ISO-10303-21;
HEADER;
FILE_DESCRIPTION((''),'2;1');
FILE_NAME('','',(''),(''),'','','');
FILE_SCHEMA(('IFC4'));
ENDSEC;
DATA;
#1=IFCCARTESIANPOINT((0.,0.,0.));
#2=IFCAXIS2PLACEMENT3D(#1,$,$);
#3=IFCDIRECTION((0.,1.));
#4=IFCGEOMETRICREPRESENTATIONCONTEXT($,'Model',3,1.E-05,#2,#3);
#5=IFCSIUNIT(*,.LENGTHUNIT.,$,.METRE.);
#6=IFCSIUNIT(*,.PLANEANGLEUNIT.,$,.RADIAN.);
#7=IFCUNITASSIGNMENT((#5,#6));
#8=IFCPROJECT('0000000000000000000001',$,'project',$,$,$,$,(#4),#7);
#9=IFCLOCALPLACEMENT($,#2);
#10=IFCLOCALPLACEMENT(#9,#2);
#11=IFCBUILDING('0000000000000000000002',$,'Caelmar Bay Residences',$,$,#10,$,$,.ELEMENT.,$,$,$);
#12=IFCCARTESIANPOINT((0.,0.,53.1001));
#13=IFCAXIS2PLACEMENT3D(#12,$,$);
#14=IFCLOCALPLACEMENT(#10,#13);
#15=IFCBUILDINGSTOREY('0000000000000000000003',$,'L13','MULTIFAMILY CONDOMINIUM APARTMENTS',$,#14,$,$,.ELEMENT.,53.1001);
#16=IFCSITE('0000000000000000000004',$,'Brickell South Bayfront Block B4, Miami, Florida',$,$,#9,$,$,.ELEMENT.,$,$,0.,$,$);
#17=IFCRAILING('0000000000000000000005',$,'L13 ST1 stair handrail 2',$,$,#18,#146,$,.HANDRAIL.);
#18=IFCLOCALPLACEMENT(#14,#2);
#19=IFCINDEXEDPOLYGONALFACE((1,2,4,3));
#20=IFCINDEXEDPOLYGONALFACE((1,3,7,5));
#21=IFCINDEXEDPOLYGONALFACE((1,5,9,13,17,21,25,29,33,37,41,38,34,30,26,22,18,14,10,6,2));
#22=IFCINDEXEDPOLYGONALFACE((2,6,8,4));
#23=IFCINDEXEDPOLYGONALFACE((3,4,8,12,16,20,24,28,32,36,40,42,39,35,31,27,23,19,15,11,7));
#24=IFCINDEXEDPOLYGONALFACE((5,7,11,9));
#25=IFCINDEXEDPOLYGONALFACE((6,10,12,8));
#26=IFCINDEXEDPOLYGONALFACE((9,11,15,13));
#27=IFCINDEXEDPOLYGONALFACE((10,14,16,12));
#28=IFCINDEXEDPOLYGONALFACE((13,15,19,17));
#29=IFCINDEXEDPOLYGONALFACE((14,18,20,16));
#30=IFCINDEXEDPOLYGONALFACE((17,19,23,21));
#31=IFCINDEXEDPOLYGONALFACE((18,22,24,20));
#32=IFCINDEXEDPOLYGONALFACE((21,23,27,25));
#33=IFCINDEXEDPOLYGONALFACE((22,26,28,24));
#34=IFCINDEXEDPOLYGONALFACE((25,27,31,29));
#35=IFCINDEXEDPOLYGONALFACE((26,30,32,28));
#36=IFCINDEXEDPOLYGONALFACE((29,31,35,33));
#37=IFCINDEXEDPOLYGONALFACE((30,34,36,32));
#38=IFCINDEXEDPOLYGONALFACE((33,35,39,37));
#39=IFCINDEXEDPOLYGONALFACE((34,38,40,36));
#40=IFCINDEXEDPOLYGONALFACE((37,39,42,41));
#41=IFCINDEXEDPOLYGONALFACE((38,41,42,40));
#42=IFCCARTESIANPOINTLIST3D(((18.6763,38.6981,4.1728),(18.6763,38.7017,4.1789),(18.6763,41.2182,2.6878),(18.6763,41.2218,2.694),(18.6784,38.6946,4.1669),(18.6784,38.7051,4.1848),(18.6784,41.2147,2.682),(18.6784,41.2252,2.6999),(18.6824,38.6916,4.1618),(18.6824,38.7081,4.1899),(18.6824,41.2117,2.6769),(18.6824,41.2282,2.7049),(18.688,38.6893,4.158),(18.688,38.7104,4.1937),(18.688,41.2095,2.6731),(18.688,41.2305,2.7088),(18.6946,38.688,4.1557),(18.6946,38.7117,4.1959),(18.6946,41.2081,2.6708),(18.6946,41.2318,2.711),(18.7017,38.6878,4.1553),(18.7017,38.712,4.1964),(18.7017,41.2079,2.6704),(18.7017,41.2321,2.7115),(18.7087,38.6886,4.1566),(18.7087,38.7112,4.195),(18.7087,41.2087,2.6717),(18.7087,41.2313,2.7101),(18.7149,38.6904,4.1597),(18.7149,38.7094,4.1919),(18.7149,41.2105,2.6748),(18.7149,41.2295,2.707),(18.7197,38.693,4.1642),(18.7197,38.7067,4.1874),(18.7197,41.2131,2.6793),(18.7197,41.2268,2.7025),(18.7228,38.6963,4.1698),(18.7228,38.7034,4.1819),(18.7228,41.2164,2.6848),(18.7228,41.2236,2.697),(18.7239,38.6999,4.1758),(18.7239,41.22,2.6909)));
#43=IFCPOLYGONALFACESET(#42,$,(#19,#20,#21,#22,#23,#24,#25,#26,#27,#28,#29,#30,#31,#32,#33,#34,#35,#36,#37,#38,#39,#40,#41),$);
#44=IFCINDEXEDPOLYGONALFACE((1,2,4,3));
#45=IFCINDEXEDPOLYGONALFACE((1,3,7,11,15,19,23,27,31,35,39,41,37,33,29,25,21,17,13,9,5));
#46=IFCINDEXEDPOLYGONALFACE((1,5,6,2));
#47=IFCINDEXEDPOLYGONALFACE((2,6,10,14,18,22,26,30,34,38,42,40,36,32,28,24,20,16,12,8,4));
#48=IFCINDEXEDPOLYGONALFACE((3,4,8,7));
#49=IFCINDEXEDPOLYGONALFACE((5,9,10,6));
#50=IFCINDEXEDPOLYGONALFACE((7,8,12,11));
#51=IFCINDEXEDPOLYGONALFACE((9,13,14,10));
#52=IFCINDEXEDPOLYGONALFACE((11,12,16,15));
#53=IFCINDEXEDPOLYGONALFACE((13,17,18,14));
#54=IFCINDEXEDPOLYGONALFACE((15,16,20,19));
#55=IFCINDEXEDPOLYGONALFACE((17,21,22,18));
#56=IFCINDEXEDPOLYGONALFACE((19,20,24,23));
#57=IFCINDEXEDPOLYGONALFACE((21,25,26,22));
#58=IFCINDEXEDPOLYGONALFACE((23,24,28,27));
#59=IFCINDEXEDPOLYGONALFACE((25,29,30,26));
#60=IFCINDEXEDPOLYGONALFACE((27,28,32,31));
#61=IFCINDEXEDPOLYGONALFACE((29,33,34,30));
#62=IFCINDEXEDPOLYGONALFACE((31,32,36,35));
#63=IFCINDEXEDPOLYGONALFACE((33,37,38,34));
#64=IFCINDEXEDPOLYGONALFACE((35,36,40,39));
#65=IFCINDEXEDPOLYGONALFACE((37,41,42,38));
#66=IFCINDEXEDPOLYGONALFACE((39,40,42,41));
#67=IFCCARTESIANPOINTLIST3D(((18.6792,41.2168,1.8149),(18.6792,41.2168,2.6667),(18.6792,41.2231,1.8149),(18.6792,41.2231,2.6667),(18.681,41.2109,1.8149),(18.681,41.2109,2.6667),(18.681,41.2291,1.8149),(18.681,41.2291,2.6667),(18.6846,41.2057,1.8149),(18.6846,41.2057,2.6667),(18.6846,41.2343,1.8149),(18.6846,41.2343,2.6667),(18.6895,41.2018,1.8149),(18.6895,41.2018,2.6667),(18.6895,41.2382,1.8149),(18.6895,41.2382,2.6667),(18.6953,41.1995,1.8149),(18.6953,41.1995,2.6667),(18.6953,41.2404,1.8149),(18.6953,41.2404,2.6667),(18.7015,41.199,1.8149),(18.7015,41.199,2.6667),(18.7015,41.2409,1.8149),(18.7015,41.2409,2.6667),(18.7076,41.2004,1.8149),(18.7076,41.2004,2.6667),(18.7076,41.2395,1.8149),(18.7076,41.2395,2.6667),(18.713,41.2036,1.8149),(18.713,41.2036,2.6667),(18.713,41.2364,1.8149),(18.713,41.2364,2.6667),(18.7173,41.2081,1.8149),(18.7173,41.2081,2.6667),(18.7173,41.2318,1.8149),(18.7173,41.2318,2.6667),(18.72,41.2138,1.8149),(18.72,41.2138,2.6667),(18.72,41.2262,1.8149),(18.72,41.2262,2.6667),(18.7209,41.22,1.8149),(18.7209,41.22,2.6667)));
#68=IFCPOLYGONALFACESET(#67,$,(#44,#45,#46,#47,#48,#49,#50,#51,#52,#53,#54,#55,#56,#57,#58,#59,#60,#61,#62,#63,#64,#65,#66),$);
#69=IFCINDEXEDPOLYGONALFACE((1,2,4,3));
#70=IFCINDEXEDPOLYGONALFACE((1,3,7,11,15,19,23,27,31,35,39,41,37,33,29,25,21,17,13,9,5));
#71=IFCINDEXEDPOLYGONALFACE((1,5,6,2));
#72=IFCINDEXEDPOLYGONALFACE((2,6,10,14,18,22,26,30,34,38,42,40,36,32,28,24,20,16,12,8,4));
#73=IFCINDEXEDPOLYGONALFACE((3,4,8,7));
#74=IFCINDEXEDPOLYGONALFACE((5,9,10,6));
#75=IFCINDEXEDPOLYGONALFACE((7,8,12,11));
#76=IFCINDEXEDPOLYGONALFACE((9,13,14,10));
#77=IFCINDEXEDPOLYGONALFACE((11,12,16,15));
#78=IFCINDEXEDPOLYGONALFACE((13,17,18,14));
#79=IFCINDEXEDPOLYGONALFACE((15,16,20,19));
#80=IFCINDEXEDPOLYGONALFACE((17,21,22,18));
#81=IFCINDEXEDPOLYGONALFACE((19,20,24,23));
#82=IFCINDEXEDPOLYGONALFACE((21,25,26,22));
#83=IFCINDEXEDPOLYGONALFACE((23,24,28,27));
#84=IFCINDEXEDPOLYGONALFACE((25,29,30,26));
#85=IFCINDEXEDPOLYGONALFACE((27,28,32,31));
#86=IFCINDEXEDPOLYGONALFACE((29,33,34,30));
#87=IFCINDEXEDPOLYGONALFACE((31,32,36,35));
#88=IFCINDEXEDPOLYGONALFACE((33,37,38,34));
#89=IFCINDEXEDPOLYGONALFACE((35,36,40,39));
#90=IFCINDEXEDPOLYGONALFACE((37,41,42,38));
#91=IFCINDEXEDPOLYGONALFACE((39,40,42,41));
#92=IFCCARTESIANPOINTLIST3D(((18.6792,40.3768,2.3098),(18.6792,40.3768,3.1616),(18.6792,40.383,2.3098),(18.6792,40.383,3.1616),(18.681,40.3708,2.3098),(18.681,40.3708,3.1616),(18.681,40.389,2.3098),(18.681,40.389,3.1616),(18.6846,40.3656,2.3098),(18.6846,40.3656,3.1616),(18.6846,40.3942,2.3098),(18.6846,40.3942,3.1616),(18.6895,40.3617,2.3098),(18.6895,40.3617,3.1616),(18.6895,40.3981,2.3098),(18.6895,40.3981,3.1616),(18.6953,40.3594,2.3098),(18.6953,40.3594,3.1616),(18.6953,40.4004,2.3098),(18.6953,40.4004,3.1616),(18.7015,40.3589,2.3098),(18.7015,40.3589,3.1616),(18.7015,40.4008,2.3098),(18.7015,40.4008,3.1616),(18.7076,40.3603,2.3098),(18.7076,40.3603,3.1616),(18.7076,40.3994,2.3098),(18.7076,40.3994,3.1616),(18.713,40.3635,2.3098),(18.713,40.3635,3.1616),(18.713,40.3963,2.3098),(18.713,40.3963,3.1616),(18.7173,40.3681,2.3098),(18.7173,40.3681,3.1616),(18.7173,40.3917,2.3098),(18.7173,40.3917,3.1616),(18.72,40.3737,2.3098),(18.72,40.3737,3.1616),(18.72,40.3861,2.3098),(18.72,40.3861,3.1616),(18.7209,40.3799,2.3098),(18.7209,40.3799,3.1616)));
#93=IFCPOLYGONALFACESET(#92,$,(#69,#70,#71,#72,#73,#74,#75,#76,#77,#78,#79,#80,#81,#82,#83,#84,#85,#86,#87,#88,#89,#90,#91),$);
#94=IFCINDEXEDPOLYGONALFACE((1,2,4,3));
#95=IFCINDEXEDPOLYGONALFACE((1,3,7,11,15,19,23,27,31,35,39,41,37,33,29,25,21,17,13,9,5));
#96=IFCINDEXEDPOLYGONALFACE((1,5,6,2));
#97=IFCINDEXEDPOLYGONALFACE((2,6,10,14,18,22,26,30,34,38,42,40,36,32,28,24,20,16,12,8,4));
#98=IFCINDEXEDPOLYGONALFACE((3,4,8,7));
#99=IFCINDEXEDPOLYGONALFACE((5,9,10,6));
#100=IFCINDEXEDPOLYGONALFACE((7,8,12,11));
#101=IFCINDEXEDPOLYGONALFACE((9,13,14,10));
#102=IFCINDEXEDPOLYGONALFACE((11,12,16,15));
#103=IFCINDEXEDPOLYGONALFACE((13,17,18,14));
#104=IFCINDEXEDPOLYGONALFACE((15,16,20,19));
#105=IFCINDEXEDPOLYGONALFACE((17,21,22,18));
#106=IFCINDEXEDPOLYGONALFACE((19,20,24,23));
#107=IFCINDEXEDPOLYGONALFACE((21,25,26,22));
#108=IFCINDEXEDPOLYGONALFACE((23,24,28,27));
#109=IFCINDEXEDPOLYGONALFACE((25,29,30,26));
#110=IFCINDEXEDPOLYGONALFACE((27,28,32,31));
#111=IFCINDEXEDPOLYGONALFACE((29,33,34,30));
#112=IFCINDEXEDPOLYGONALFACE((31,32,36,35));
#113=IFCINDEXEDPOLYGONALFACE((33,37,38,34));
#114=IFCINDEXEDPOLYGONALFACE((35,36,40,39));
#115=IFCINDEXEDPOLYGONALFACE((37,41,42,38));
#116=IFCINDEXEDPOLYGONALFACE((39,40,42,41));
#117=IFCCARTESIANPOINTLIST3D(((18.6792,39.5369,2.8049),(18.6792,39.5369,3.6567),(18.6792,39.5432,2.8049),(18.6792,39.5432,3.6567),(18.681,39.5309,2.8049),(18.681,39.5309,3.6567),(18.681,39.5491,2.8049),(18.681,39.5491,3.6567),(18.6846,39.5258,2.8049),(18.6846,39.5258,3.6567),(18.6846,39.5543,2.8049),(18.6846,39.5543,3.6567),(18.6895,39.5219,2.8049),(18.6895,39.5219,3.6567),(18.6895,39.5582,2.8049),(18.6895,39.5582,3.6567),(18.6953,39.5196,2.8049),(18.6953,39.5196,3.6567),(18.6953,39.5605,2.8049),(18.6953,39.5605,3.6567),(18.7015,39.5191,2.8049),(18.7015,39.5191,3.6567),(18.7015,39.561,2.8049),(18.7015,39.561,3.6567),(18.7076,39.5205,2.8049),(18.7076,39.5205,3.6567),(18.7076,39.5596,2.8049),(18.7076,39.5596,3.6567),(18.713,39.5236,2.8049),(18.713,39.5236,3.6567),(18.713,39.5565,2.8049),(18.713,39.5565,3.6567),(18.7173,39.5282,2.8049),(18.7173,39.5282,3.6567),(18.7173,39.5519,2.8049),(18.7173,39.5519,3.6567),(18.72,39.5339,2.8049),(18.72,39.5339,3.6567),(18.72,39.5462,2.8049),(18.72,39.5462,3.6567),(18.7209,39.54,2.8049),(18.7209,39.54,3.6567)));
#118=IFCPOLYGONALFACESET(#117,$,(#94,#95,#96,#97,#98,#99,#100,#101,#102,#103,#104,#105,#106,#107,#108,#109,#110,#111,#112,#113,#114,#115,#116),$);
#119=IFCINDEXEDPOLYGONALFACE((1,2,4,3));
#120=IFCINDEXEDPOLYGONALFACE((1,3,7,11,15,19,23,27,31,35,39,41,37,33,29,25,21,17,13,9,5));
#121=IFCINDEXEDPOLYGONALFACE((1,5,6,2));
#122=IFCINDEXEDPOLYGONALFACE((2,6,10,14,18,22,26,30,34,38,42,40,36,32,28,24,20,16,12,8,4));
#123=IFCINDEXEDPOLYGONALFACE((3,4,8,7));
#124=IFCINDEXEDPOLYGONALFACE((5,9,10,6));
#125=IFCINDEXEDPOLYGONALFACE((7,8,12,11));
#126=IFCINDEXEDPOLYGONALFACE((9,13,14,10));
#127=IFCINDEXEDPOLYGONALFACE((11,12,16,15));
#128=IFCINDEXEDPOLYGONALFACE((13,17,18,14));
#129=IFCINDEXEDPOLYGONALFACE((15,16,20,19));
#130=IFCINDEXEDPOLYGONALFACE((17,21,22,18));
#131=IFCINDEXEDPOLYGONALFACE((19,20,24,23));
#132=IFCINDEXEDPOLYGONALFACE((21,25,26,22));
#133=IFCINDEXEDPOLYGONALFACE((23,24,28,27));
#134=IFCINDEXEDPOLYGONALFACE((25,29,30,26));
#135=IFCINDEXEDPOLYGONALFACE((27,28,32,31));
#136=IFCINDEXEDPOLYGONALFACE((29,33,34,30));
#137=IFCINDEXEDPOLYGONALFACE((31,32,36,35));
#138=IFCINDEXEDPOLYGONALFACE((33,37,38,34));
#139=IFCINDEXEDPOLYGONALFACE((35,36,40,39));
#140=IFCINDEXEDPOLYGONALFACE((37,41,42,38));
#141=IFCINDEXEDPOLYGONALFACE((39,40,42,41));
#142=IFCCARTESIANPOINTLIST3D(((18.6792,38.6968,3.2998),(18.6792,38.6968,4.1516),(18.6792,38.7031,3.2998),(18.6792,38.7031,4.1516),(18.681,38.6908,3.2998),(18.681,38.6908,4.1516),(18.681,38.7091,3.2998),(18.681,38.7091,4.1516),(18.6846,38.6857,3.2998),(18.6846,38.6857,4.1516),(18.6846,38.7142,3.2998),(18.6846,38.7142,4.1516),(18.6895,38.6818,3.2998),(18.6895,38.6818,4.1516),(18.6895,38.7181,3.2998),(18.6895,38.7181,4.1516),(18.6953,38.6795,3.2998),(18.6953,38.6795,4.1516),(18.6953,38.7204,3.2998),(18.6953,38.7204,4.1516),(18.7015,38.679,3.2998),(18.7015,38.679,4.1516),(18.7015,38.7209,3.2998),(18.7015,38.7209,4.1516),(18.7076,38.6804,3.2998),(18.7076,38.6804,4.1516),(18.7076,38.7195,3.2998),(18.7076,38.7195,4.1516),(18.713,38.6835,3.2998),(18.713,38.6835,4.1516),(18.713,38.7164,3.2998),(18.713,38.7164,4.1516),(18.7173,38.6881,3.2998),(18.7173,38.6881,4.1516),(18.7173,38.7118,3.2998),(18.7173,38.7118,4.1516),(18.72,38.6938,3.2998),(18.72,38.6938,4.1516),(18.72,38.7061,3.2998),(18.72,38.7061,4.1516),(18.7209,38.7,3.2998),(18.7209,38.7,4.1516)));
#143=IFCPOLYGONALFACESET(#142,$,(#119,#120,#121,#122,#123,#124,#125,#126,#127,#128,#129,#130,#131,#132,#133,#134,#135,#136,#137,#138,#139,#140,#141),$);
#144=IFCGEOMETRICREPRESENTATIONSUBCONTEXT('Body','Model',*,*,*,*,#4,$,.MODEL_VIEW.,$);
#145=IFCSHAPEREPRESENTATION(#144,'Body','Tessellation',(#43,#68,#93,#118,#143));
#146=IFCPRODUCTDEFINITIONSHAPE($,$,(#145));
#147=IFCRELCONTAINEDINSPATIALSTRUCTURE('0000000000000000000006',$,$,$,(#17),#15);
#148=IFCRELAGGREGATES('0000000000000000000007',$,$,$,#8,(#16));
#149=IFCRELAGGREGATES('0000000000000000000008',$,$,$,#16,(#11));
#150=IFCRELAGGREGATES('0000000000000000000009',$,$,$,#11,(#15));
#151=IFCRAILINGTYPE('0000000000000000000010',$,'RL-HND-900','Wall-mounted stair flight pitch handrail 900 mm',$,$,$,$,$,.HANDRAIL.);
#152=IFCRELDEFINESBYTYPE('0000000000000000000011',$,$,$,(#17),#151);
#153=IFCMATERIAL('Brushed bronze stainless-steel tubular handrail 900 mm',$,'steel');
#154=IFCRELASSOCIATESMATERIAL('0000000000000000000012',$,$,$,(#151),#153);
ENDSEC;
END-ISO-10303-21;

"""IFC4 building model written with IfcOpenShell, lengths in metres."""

from ifc_helpers import new_model, si_unit, direction, frame, origin, origin_2d, place, context, subcontext, project, spatial, circle, extrude, material, type_object, element, save


model = new_model("IFC4")

# Units and contexts
model_context = context("Model", 3, precision=1e-05, world=origin(), true_north=direction((0.0, 1.0)))
body_context = subcontext(model_context, "Body", "Model", "MODEL_VIEW")
ifc_project = project(units=[si_unit("LENGTHUNIT", "METRE"), si_unit("PLANEANGLEUNIT", "RADIAN")], contexts=[model_context])

# Site, building, storey
site_placement = place(None, origin())
site = spatial("IfcSite", under=ifc_project, at=site_placement, Name="Brickell South Bayfront Block B4, Miami, Florida", CompositionType="ELEMENT", RefElevation=0.0)
building_placement = place(site_placement, origin())
building = spatial("IfcBuilding", under=site, at=building_placement, Name="Caelmar Bay Residences", CompositionType="ELEMENT")
storey_placement = place(building_placement, frame((0.0, 0.0, 53.1001)))
storey = spatial("IfcBuildingStorey", under=building, at=storey_placement, Name="L13", Description="MULTIFAMILY CONDOMINIUM APARTMENTS", CompositionType="ELEMENT", Elevation=53.1001)

# Railing
ifc_material_1 = material(Name="Brushed bronze stainless-steel tubular handrail 900 mm", Category="steel")
railing_type_1 = type_object("IfcRailingType", Name="RL-HND-900", Description="Wall-mounted stair flight pitch handrail 900 mm", PredefinedType="HANDRAIL", material=ifc_material_1)
railing_1_placement = place(storey_placement, frame((18.7, 41.22, 1.8149)))
element("IfcRailing", 1, at=railing_1_placement, inside=storey, type_object=railing_type_1, Name="L13 ST1 stair handrail 2", PredefinedType="HANDRAIL", context=body_context, shape_type="SweptSolid", body=[
    extrude(circle(Radius=0.0239, at=origin_2d()), frame((0.0, 0.0, 0.876), z_axis=(0.0, -0.861561, 0.507655), x_axis=(1.0, 0.0, 0.0)), (0.0, 0.0, 1.0), 2.925),
    extrude(circle(Radius=0.021, at=origin_2d()), origin(), (0.0, 0.0, 1.0), 0.8518),
    extrude(circle(Radius=0.021, at=origin_2d()), frame((0.0, -0.8401, 0.4949)), (0.0, 0.0, 1.0), 0.8518),
    extrude(circle(Radius=0.021, at=origin_2d()), frame((0.0, -1.6799, 0.99)), (0.0, 0.0, 1.0), 0.8518),
    extrude(circle(Radius=0.021, at=origin_2d()), frame((0.0, -2.52, 1.4849)), (0.0, 0.0, 1.0), 0.8518),
])

save(model, "model.ifc")
